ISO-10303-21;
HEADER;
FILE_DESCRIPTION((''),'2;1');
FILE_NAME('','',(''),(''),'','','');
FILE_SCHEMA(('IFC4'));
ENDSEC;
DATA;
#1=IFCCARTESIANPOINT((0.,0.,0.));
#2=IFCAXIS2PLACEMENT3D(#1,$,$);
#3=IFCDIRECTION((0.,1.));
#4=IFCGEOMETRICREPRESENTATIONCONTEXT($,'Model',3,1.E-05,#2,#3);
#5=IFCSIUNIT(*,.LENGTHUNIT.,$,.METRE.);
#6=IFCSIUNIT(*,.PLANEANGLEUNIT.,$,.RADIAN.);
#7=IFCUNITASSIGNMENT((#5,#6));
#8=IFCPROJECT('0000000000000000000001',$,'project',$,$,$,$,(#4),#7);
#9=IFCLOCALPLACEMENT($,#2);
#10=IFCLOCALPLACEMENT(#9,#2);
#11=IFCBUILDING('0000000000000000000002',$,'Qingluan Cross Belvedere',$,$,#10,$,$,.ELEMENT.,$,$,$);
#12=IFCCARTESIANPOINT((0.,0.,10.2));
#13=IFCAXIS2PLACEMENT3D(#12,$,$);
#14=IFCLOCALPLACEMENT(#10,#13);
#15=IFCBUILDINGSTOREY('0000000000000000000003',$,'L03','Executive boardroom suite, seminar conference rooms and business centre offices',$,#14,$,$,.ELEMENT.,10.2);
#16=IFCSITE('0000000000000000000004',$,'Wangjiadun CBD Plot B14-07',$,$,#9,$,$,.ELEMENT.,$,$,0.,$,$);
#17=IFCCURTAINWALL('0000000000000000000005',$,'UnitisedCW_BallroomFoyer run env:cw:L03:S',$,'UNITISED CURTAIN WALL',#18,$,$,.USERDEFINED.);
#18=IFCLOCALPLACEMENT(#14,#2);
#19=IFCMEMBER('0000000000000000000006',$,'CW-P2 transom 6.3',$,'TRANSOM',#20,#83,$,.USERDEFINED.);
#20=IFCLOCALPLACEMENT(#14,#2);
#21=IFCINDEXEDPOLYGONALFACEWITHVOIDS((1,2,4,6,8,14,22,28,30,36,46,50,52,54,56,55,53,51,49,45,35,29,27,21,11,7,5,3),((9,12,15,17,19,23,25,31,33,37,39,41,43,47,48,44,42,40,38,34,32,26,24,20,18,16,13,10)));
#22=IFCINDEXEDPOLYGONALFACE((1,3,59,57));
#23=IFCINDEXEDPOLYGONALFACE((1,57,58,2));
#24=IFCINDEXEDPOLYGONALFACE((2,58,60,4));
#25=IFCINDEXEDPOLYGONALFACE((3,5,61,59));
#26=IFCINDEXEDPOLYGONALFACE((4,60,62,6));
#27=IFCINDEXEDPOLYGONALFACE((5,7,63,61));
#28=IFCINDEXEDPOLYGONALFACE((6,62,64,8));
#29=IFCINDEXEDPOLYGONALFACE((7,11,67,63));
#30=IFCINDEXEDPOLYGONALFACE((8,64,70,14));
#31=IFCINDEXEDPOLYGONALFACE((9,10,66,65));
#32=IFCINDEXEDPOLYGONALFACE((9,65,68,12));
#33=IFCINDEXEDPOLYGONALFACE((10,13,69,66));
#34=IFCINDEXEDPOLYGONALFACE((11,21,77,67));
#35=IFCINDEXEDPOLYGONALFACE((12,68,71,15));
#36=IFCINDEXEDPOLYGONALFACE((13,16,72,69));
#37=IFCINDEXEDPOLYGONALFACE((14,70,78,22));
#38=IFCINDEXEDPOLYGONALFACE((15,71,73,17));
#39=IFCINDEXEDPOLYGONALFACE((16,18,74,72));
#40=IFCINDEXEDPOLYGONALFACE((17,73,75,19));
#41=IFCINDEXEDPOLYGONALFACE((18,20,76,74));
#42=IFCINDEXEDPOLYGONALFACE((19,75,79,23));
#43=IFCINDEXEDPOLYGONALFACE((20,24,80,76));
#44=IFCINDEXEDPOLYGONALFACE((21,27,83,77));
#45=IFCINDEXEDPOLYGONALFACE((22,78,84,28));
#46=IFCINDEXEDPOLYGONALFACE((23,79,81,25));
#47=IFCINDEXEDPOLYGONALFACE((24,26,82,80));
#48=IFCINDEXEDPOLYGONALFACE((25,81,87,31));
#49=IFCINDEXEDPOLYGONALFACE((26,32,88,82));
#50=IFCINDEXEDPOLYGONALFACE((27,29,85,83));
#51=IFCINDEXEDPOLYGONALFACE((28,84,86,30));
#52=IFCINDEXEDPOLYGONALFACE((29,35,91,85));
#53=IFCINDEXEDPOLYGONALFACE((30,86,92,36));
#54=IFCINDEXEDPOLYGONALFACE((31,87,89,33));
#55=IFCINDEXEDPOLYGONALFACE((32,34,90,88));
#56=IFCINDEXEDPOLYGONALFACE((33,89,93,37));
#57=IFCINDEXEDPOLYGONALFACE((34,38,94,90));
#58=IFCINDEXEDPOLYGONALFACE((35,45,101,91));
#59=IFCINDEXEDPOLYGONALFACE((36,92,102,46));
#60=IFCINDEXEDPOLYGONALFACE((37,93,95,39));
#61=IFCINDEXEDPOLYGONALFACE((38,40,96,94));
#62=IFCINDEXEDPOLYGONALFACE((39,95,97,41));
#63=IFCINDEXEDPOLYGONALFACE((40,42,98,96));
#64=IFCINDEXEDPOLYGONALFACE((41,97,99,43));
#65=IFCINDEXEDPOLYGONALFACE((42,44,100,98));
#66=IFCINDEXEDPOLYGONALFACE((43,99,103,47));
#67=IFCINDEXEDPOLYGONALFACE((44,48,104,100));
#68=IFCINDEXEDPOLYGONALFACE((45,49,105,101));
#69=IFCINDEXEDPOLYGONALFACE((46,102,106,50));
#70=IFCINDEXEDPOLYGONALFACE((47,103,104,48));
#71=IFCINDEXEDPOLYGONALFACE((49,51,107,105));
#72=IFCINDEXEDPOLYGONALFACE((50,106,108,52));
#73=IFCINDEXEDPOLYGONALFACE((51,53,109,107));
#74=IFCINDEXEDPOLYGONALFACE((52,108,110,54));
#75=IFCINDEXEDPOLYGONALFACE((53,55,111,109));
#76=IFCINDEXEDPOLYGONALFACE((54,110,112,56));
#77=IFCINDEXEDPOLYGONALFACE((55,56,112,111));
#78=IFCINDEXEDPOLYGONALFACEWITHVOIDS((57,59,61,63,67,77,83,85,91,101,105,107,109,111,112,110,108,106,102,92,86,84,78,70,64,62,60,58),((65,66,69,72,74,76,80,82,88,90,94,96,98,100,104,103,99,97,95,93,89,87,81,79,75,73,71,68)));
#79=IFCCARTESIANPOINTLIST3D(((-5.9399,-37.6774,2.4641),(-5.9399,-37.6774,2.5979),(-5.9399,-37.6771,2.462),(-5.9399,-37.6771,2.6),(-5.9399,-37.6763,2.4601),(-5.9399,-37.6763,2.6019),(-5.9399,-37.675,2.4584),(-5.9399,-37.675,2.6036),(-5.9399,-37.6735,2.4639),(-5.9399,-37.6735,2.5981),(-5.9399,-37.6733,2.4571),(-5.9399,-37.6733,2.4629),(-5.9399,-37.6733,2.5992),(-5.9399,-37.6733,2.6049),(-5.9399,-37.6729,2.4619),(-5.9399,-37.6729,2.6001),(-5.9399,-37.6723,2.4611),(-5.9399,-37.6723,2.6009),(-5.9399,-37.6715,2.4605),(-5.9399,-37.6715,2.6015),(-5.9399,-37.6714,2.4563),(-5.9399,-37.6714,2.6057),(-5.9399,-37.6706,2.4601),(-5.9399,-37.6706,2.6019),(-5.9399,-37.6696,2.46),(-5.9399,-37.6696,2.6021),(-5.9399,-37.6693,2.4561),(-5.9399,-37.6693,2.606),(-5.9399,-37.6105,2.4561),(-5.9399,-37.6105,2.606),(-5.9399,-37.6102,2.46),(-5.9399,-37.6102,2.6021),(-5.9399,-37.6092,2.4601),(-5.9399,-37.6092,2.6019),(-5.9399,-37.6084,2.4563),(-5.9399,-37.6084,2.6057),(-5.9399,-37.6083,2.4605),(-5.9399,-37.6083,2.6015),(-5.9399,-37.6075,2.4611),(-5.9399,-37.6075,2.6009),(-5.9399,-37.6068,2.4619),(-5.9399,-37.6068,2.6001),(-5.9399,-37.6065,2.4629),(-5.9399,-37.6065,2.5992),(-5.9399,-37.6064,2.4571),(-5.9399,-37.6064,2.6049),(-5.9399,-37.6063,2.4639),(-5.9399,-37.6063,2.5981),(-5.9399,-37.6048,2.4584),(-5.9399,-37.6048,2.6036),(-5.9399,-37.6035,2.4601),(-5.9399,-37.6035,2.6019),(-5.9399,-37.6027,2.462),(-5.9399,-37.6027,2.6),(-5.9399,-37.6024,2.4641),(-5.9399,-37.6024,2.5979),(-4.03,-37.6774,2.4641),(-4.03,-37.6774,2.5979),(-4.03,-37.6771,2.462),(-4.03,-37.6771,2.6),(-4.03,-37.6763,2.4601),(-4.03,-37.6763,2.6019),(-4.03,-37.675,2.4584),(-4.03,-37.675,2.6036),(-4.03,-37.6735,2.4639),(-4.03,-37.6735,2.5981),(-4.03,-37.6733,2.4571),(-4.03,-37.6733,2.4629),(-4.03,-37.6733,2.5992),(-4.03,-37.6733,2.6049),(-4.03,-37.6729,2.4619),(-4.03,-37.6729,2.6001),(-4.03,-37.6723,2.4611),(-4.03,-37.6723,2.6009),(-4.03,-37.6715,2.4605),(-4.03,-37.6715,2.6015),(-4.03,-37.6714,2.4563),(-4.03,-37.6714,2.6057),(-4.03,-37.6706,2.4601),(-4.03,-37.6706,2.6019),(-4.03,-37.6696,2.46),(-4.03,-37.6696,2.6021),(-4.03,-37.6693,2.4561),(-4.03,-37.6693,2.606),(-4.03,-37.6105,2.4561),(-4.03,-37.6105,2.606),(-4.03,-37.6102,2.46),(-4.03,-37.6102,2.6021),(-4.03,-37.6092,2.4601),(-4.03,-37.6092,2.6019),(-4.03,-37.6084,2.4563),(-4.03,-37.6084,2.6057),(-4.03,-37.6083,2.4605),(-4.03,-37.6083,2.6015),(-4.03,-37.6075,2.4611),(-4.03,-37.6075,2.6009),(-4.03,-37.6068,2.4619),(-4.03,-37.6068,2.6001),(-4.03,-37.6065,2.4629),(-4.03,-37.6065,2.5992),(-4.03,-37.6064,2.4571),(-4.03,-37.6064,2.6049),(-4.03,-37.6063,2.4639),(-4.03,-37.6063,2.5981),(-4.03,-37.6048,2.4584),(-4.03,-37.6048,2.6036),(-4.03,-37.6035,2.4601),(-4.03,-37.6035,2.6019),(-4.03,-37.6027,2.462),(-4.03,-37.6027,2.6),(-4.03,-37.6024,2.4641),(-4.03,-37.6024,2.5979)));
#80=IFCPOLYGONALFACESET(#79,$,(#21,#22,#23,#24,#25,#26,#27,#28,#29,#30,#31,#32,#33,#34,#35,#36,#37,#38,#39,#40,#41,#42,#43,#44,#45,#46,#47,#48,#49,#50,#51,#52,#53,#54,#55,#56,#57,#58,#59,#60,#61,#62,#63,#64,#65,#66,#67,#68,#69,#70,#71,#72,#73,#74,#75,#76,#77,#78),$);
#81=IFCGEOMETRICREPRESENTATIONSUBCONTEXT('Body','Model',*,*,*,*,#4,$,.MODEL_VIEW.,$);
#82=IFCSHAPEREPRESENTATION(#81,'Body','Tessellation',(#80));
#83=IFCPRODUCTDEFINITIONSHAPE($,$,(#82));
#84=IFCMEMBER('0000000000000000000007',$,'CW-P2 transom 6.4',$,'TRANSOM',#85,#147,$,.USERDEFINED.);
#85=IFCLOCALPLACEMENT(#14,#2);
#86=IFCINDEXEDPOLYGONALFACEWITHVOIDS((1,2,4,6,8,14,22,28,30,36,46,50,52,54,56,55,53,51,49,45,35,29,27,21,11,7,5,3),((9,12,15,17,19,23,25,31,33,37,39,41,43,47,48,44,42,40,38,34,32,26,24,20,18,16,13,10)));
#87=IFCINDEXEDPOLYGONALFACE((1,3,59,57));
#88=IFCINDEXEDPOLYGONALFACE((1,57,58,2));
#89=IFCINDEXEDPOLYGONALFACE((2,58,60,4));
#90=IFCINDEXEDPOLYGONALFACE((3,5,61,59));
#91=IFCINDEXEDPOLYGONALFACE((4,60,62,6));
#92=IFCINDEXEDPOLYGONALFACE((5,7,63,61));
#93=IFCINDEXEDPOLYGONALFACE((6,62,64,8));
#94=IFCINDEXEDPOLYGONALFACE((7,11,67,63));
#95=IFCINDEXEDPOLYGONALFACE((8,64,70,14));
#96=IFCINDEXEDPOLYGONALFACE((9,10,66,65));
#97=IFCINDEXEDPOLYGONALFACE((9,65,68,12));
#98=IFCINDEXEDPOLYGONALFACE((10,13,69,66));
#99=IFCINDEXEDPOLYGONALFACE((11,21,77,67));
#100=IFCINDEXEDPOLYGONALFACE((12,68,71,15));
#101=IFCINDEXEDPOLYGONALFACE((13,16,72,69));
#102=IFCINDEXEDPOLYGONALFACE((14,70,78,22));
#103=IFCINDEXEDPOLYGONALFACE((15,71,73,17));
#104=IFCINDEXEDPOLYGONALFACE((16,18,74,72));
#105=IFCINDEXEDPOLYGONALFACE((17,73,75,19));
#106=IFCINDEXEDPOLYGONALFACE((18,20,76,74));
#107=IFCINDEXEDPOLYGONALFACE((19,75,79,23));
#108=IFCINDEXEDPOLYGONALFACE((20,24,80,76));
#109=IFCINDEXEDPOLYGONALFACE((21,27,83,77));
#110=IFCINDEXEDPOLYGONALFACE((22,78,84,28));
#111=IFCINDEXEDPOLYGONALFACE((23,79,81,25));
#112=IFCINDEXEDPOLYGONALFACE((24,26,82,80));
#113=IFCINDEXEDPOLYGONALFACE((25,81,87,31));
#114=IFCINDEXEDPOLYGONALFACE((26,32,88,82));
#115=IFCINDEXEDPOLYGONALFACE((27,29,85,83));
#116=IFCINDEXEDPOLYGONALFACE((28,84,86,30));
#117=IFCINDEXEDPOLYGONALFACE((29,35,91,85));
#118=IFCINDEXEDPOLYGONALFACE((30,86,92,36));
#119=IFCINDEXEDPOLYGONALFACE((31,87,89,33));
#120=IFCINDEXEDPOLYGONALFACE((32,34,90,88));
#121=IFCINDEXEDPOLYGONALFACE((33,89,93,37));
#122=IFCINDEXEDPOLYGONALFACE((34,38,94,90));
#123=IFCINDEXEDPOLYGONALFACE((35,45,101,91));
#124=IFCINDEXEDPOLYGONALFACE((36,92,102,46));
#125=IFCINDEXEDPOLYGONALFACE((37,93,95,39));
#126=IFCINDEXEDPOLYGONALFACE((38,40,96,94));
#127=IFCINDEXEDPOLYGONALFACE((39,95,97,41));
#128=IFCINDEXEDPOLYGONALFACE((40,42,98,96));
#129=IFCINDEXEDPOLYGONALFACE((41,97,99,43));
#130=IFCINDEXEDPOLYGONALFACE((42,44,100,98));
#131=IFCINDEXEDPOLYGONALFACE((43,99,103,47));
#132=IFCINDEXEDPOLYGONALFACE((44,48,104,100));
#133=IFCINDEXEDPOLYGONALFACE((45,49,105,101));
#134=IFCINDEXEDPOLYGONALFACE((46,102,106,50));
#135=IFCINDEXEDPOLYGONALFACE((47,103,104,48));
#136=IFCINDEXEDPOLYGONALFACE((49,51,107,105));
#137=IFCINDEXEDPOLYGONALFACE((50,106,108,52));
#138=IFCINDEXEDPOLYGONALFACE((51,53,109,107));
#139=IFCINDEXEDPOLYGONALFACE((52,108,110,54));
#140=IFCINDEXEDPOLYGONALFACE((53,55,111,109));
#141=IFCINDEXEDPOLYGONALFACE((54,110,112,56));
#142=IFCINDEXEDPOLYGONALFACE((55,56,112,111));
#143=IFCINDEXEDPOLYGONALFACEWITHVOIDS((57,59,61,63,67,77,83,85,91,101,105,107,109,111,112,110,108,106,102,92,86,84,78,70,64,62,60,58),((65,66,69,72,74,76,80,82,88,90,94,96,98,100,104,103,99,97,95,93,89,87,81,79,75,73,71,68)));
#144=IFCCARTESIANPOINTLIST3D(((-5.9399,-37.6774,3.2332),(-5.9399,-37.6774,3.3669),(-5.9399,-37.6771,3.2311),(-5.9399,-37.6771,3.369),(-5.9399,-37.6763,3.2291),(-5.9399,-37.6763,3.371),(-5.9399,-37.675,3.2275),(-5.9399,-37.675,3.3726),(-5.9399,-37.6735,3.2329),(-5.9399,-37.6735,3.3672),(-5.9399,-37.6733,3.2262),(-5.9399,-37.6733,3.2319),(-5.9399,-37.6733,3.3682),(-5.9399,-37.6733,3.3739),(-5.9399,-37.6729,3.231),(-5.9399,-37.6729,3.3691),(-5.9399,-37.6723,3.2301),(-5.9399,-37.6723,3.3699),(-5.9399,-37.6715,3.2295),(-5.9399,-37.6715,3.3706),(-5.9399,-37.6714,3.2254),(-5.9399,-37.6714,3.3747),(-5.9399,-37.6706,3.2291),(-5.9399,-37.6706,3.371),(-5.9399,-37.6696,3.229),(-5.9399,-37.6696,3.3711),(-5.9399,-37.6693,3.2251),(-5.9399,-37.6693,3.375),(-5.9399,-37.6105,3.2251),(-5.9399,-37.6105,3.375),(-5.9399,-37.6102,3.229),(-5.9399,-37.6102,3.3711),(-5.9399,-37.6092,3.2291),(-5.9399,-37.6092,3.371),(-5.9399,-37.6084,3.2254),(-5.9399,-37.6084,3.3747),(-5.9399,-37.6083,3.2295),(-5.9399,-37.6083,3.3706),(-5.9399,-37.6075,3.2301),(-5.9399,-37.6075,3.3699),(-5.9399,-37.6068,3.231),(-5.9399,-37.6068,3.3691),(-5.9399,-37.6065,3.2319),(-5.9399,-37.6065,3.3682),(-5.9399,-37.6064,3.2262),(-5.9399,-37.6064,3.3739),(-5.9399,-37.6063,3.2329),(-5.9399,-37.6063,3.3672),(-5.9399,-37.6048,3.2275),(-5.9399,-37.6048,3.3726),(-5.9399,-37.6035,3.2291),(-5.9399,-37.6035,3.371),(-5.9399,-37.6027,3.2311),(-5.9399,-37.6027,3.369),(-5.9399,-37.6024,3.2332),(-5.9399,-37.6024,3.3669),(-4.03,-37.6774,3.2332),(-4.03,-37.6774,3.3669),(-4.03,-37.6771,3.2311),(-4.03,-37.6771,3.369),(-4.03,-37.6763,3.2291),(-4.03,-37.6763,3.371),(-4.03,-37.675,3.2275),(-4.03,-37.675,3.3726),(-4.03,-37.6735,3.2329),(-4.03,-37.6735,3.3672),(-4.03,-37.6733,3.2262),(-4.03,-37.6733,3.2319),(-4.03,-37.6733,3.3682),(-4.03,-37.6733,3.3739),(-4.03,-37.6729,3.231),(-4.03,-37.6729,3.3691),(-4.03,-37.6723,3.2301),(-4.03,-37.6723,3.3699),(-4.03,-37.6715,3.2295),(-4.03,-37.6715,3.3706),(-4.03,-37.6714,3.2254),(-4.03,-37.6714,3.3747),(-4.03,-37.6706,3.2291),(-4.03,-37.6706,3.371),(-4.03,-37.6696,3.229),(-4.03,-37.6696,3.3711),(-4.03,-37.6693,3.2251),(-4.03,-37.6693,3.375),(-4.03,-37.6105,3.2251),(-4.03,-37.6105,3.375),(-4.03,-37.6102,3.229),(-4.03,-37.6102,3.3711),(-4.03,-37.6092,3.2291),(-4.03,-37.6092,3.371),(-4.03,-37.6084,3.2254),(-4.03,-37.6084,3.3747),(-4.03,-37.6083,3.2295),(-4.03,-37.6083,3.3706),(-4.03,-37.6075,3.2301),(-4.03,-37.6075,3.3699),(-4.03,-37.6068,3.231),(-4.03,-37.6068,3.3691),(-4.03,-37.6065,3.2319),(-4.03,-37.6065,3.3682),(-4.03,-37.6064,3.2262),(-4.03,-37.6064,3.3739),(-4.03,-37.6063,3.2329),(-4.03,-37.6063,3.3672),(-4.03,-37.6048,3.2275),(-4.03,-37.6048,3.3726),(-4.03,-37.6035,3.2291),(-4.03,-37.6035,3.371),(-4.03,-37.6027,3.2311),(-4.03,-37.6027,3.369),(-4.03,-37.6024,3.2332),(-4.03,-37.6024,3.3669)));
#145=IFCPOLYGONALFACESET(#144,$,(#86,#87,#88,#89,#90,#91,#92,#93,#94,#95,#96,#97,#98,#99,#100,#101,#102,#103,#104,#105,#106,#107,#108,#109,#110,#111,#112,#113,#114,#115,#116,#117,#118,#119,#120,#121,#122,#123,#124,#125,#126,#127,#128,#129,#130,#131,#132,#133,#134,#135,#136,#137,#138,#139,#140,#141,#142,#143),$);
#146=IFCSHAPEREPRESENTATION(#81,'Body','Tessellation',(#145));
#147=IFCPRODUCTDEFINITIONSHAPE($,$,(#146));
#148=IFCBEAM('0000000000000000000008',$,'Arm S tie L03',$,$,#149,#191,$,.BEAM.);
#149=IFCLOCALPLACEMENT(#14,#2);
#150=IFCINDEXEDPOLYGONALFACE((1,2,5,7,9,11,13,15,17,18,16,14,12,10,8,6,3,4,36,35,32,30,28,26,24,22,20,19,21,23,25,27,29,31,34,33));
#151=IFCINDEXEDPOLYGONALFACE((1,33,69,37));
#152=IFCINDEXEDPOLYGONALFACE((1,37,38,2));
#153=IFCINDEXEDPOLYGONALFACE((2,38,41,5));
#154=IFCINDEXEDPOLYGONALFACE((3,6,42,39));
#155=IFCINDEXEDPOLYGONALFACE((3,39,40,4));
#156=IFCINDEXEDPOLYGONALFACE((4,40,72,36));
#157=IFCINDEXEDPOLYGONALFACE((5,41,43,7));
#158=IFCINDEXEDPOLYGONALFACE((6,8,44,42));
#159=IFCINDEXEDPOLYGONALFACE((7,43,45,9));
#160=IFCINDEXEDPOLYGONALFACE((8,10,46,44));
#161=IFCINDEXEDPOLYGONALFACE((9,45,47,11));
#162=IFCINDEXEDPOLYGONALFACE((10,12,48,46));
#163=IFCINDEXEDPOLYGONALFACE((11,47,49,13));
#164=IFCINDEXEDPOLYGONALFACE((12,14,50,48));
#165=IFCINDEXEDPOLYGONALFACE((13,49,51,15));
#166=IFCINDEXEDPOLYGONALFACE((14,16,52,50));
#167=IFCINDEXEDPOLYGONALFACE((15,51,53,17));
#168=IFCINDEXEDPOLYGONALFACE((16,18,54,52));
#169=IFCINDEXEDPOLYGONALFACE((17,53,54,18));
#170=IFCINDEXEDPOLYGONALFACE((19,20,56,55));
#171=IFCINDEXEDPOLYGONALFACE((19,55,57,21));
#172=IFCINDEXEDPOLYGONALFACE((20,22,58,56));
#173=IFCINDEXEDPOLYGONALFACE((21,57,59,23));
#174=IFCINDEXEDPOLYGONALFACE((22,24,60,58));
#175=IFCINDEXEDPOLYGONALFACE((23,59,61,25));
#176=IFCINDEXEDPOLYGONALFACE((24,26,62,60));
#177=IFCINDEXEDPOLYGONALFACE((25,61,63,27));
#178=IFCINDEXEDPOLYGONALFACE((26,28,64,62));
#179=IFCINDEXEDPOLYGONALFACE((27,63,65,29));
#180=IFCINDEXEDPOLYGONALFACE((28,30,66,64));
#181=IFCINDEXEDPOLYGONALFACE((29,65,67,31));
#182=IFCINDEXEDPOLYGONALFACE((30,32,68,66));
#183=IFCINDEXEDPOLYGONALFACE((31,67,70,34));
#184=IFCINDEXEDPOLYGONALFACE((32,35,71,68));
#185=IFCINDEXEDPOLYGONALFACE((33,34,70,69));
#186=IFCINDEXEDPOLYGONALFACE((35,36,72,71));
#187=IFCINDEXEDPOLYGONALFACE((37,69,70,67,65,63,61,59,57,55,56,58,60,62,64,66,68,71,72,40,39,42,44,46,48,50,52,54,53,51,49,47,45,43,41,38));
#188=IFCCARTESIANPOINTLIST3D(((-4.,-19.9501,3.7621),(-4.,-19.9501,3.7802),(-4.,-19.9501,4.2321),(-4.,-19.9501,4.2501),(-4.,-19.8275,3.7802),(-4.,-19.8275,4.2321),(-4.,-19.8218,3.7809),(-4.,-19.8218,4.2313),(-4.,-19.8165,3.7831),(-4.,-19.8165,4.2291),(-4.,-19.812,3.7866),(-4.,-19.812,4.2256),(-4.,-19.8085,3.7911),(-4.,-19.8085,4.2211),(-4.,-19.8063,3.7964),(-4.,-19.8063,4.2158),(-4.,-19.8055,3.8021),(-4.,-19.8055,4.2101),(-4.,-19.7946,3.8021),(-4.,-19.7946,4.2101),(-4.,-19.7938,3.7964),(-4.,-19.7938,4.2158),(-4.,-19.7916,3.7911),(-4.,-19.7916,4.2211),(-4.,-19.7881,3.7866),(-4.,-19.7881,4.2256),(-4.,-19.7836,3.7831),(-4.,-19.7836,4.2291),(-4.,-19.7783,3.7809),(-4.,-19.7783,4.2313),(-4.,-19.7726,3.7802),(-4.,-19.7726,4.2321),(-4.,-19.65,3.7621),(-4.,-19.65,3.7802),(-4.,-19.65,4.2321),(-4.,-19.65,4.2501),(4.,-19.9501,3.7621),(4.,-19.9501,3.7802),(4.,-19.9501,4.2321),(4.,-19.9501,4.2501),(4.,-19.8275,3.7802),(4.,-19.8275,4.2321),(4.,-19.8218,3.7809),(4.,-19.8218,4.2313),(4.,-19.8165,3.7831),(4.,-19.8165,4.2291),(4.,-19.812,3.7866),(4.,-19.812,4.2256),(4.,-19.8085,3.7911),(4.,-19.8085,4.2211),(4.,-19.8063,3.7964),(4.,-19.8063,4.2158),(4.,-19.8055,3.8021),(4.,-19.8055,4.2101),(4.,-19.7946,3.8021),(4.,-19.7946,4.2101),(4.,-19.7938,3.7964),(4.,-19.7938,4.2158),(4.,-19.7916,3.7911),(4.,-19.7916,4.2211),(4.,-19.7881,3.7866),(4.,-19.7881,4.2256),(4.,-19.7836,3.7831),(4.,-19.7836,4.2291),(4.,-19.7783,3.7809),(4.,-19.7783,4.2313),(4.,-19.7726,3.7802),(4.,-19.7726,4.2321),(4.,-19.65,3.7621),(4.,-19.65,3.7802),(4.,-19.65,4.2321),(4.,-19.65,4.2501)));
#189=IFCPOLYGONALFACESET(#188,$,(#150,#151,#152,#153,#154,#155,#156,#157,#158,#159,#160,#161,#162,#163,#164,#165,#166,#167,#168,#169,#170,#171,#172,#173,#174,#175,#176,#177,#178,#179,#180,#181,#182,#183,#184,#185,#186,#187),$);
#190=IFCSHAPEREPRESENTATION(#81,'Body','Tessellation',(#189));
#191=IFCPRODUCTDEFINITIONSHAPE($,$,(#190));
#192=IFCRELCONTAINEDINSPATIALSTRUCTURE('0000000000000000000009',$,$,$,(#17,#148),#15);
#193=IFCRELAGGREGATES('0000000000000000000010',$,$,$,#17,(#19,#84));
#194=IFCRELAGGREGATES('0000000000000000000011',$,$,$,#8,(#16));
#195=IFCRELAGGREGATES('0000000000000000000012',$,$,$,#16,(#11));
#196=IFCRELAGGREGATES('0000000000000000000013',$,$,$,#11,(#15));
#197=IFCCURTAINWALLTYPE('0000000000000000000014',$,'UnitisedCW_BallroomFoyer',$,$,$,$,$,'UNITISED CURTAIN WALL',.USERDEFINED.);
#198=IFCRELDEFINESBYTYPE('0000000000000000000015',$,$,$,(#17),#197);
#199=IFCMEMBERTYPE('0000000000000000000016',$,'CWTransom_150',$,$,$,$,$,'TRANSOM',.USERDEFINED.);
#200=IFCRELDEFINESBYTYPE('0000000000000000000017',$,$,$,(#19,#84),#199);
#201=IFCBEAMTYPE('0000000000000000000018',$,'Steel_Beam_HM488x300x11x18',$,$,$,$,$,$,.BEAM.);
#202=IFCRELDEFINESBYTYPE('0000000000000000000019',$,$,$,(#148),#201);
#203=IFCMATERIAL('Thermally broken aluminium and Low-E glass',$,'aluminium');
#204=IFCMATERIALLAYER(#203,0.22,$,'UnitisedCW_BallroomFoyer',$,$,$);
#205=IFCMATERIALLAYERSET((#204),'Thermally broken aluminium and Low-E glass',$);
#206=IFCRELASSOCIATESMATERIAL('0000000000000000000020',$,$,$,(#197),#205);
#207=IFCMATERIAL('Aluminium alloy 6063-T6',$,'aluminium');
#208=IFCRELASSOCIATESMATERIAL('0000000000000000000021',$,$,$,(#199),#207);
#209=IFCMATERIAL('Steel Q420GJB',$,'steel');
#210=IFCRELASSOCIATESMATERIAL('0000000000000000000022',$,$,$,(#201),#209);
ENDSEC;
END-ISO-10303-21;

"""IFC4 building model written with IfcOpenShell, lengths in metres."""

from ifc_helpers import new_model, si_unit, direction, frame, origin, origin_2d, place, context, subcontext, project, spatial, hollow_rectangle, i_section, extrude, material, layer, layer_set, material_profile, profile_set, type_object, element, aggregate, save


model = new_model("IFC4")

# Units and contexts
model_context = context("Model", 3, precision=1e-05, world=origin(), true_north=direction((0.0, 1.0)))
body_context = subcontext(model_context, "Body", "Model", "MODEL_VIEW")
ifc_project = project(units=[si_unit("LENGTHUNIT", "METRE"), si_unit("PLANEANGLEUNIT", "RADIAN")], contexts=[model_context])

# Site, building, storey
site_placement = place(None, origin())
site = spatial("IfcSite", under=ifc_project, at=site_placement, Name="Wangjiadun CBD Plot B14-07", CompositionType="ELEMENT", RefElevation=0.0)
building_placement = place(site_placement, origin())
building = spatial("IfcBuilding", under=site, at=building_placement, Name="Qingluan Cross Belvedere", CompositionType="ELEMENT")
storey_placement = place(building_placement, frame((0.0, 0.0, 10.2)))
storey = spatial("IfcBuildingStorey", under=building, at=storey_placement, Name="L03", Description="Executive boardroom suite, seminar conference rooms and business centre offices", CompositionType="ELEMENT", Elevation=10.2)

# Curtain wall, members
ifc_material_1 = material(Name="Thermally broken aluminium and Low-E glass", Category="aluminium")
ifc_layer_1 = layer(ifc_material_1, 0.22, Name="UnitisedCW_BallroomFoyer")
ifc_layer_set_1 = layer_set([ifc_layer_1], Name="Thermally broken aluminium and Low-E glass")
curtain_wall_type = type_object("IfcCurtainWallType", Name="UnitisedCW_BallroomFoyer", ElementType="UNITISED CURTAIN WALL", PredefinedType="USERDEFINED", material=ifc_layer_set_1)
curtain_wall_placement = place(storey_placement, origin())
curtain_wall = element("IfcCurtainWall", 1, at=curtain_wall_placement, inside=storey, type_object=curtain_wall_type, Name="UnitisedCW_BallroomFoyer run env:cw:L03:S", ObjectType="UNITISED CURTAIN WALL", PredefinedType="USERDEFINED")
ifc_material_2 = material(Name="Aluminium alloy 6063-T6", Category="aluminium")
ifc_material_profile_1 = material_profile(ifc_material_2, hollow_rectangle(XDim=0.075, YDim=0.1499, WallThickness=0.0039, InnerFilletRadius=0.0039, OuterFilletRadius=0.0081, at=origin_2d()), Name="CWT150x75x4")
ifc_profile_set_1 = profile_set([ifc_material_profile_1], Name="Aluminium alloy 6063-T6")
member_type_1 = type_object("IfcMemberType", Name="CWTransom_150", ElementType="TRANSOM", PredefinedType="USERDEFINED", material=ifc_profile_set_1)
member_1_placement = place(storey_placement, frame((-4.03, -37.6399, 2.531), z_axis=(-1.0, 0.0, 0.0), x_axis=(0.0, -1.0, 0.0)))
member_1 = element("IfcMember", 2, at=member_1_placement, type_object=member_type_1, Name="CW-P2 transom 6.3", ObjectType="TRANSOM", PredefinedType="USERDEFINED", context=body_context, shape_type="SweptSolid", body=[
    extrude(hollow_rectangle(XDim=0.075, YDim=0.1499, WallThickness=0.0039, InnerFilletRadius=0.0039, OuterFilletRadius=0.0081, at=origin_2d()), origin(), (0.0, 0.0, 1.0), 1.9099),
])
member_2_placement = place(storey_placement, frame((-4.03, -37.6399, 3.3), z_axis=(-1.0, 0.0, 0.0), x_axis=(0.0, -1.0, 0.0)))
member_2 = element("IfcMember", 3, at=member_2_placement, type_object=member_type_1, Name="CW-P2 transom 6.4", ObjectType="TRANSOM", PredefinedType="USERDEFINED", context=body_context, shape_type="SweptSolid", body=[
    extrude(hollow_rectangle(XDim=0.075, YDim=0.1499, WallThickness=0.0039, InnerFilletRadius=0.0039, OuterFilletRadius=0.0081, at=origin_2d()), origin(), (0.0, 0.0, 1.0), 1.9099),
])

# Beam
ifc_material_3 = material(Name="Steel Q420GJB", Category="steel")
ifc_material_profile_2 = material_profile(ifc_material_3, i_section(OverallWidth=0.3, OverallDepth=0.488, WebThickness=0.011, FlangeThickness=0.0181, FilletRadius=0.022, at=origin_2d()), Name="HM488x300x11x18")
ifc_profile_set_2 = profile_set([ifc_material_profile_2], Name="Steel Q420GJB")
beam_type_1 = type_object("IfcBeamType", Name="Steel_Beam_HM488x300x11x18", PredefinedType="BEAM", material=ifc_profile_set_2)
for number, where, z_axis, x_axis, name in (
    (4, (-4.0, -19.8, 4.0061), (1.0, 0.0, 0.0), (0.0, 1.0, 0.0), "Arm S tie L03"),
):
    element("IfcBeam", number, at=place(storey_placement, frame(where, z_axis=z_axis, x_axis=x_axis)), inside=storey, type_object=beam_type_1, Name=name, PredefinedType="BEAM", context=body_context, shape_type="SweptSolid", body=[
        extrude(i_section(OverallWidth=0.3, OverallDepth=0.488, WebThickness=0.011, FlangeThickness=0.0181, FilletRadius=0.022, at=origin_2d()), origin(), (0.0, 0.0, 1.0), 8.0),
    ])

aggregate(curtain_wall, [member_1, member_2])

save(model, "model.ifc")
